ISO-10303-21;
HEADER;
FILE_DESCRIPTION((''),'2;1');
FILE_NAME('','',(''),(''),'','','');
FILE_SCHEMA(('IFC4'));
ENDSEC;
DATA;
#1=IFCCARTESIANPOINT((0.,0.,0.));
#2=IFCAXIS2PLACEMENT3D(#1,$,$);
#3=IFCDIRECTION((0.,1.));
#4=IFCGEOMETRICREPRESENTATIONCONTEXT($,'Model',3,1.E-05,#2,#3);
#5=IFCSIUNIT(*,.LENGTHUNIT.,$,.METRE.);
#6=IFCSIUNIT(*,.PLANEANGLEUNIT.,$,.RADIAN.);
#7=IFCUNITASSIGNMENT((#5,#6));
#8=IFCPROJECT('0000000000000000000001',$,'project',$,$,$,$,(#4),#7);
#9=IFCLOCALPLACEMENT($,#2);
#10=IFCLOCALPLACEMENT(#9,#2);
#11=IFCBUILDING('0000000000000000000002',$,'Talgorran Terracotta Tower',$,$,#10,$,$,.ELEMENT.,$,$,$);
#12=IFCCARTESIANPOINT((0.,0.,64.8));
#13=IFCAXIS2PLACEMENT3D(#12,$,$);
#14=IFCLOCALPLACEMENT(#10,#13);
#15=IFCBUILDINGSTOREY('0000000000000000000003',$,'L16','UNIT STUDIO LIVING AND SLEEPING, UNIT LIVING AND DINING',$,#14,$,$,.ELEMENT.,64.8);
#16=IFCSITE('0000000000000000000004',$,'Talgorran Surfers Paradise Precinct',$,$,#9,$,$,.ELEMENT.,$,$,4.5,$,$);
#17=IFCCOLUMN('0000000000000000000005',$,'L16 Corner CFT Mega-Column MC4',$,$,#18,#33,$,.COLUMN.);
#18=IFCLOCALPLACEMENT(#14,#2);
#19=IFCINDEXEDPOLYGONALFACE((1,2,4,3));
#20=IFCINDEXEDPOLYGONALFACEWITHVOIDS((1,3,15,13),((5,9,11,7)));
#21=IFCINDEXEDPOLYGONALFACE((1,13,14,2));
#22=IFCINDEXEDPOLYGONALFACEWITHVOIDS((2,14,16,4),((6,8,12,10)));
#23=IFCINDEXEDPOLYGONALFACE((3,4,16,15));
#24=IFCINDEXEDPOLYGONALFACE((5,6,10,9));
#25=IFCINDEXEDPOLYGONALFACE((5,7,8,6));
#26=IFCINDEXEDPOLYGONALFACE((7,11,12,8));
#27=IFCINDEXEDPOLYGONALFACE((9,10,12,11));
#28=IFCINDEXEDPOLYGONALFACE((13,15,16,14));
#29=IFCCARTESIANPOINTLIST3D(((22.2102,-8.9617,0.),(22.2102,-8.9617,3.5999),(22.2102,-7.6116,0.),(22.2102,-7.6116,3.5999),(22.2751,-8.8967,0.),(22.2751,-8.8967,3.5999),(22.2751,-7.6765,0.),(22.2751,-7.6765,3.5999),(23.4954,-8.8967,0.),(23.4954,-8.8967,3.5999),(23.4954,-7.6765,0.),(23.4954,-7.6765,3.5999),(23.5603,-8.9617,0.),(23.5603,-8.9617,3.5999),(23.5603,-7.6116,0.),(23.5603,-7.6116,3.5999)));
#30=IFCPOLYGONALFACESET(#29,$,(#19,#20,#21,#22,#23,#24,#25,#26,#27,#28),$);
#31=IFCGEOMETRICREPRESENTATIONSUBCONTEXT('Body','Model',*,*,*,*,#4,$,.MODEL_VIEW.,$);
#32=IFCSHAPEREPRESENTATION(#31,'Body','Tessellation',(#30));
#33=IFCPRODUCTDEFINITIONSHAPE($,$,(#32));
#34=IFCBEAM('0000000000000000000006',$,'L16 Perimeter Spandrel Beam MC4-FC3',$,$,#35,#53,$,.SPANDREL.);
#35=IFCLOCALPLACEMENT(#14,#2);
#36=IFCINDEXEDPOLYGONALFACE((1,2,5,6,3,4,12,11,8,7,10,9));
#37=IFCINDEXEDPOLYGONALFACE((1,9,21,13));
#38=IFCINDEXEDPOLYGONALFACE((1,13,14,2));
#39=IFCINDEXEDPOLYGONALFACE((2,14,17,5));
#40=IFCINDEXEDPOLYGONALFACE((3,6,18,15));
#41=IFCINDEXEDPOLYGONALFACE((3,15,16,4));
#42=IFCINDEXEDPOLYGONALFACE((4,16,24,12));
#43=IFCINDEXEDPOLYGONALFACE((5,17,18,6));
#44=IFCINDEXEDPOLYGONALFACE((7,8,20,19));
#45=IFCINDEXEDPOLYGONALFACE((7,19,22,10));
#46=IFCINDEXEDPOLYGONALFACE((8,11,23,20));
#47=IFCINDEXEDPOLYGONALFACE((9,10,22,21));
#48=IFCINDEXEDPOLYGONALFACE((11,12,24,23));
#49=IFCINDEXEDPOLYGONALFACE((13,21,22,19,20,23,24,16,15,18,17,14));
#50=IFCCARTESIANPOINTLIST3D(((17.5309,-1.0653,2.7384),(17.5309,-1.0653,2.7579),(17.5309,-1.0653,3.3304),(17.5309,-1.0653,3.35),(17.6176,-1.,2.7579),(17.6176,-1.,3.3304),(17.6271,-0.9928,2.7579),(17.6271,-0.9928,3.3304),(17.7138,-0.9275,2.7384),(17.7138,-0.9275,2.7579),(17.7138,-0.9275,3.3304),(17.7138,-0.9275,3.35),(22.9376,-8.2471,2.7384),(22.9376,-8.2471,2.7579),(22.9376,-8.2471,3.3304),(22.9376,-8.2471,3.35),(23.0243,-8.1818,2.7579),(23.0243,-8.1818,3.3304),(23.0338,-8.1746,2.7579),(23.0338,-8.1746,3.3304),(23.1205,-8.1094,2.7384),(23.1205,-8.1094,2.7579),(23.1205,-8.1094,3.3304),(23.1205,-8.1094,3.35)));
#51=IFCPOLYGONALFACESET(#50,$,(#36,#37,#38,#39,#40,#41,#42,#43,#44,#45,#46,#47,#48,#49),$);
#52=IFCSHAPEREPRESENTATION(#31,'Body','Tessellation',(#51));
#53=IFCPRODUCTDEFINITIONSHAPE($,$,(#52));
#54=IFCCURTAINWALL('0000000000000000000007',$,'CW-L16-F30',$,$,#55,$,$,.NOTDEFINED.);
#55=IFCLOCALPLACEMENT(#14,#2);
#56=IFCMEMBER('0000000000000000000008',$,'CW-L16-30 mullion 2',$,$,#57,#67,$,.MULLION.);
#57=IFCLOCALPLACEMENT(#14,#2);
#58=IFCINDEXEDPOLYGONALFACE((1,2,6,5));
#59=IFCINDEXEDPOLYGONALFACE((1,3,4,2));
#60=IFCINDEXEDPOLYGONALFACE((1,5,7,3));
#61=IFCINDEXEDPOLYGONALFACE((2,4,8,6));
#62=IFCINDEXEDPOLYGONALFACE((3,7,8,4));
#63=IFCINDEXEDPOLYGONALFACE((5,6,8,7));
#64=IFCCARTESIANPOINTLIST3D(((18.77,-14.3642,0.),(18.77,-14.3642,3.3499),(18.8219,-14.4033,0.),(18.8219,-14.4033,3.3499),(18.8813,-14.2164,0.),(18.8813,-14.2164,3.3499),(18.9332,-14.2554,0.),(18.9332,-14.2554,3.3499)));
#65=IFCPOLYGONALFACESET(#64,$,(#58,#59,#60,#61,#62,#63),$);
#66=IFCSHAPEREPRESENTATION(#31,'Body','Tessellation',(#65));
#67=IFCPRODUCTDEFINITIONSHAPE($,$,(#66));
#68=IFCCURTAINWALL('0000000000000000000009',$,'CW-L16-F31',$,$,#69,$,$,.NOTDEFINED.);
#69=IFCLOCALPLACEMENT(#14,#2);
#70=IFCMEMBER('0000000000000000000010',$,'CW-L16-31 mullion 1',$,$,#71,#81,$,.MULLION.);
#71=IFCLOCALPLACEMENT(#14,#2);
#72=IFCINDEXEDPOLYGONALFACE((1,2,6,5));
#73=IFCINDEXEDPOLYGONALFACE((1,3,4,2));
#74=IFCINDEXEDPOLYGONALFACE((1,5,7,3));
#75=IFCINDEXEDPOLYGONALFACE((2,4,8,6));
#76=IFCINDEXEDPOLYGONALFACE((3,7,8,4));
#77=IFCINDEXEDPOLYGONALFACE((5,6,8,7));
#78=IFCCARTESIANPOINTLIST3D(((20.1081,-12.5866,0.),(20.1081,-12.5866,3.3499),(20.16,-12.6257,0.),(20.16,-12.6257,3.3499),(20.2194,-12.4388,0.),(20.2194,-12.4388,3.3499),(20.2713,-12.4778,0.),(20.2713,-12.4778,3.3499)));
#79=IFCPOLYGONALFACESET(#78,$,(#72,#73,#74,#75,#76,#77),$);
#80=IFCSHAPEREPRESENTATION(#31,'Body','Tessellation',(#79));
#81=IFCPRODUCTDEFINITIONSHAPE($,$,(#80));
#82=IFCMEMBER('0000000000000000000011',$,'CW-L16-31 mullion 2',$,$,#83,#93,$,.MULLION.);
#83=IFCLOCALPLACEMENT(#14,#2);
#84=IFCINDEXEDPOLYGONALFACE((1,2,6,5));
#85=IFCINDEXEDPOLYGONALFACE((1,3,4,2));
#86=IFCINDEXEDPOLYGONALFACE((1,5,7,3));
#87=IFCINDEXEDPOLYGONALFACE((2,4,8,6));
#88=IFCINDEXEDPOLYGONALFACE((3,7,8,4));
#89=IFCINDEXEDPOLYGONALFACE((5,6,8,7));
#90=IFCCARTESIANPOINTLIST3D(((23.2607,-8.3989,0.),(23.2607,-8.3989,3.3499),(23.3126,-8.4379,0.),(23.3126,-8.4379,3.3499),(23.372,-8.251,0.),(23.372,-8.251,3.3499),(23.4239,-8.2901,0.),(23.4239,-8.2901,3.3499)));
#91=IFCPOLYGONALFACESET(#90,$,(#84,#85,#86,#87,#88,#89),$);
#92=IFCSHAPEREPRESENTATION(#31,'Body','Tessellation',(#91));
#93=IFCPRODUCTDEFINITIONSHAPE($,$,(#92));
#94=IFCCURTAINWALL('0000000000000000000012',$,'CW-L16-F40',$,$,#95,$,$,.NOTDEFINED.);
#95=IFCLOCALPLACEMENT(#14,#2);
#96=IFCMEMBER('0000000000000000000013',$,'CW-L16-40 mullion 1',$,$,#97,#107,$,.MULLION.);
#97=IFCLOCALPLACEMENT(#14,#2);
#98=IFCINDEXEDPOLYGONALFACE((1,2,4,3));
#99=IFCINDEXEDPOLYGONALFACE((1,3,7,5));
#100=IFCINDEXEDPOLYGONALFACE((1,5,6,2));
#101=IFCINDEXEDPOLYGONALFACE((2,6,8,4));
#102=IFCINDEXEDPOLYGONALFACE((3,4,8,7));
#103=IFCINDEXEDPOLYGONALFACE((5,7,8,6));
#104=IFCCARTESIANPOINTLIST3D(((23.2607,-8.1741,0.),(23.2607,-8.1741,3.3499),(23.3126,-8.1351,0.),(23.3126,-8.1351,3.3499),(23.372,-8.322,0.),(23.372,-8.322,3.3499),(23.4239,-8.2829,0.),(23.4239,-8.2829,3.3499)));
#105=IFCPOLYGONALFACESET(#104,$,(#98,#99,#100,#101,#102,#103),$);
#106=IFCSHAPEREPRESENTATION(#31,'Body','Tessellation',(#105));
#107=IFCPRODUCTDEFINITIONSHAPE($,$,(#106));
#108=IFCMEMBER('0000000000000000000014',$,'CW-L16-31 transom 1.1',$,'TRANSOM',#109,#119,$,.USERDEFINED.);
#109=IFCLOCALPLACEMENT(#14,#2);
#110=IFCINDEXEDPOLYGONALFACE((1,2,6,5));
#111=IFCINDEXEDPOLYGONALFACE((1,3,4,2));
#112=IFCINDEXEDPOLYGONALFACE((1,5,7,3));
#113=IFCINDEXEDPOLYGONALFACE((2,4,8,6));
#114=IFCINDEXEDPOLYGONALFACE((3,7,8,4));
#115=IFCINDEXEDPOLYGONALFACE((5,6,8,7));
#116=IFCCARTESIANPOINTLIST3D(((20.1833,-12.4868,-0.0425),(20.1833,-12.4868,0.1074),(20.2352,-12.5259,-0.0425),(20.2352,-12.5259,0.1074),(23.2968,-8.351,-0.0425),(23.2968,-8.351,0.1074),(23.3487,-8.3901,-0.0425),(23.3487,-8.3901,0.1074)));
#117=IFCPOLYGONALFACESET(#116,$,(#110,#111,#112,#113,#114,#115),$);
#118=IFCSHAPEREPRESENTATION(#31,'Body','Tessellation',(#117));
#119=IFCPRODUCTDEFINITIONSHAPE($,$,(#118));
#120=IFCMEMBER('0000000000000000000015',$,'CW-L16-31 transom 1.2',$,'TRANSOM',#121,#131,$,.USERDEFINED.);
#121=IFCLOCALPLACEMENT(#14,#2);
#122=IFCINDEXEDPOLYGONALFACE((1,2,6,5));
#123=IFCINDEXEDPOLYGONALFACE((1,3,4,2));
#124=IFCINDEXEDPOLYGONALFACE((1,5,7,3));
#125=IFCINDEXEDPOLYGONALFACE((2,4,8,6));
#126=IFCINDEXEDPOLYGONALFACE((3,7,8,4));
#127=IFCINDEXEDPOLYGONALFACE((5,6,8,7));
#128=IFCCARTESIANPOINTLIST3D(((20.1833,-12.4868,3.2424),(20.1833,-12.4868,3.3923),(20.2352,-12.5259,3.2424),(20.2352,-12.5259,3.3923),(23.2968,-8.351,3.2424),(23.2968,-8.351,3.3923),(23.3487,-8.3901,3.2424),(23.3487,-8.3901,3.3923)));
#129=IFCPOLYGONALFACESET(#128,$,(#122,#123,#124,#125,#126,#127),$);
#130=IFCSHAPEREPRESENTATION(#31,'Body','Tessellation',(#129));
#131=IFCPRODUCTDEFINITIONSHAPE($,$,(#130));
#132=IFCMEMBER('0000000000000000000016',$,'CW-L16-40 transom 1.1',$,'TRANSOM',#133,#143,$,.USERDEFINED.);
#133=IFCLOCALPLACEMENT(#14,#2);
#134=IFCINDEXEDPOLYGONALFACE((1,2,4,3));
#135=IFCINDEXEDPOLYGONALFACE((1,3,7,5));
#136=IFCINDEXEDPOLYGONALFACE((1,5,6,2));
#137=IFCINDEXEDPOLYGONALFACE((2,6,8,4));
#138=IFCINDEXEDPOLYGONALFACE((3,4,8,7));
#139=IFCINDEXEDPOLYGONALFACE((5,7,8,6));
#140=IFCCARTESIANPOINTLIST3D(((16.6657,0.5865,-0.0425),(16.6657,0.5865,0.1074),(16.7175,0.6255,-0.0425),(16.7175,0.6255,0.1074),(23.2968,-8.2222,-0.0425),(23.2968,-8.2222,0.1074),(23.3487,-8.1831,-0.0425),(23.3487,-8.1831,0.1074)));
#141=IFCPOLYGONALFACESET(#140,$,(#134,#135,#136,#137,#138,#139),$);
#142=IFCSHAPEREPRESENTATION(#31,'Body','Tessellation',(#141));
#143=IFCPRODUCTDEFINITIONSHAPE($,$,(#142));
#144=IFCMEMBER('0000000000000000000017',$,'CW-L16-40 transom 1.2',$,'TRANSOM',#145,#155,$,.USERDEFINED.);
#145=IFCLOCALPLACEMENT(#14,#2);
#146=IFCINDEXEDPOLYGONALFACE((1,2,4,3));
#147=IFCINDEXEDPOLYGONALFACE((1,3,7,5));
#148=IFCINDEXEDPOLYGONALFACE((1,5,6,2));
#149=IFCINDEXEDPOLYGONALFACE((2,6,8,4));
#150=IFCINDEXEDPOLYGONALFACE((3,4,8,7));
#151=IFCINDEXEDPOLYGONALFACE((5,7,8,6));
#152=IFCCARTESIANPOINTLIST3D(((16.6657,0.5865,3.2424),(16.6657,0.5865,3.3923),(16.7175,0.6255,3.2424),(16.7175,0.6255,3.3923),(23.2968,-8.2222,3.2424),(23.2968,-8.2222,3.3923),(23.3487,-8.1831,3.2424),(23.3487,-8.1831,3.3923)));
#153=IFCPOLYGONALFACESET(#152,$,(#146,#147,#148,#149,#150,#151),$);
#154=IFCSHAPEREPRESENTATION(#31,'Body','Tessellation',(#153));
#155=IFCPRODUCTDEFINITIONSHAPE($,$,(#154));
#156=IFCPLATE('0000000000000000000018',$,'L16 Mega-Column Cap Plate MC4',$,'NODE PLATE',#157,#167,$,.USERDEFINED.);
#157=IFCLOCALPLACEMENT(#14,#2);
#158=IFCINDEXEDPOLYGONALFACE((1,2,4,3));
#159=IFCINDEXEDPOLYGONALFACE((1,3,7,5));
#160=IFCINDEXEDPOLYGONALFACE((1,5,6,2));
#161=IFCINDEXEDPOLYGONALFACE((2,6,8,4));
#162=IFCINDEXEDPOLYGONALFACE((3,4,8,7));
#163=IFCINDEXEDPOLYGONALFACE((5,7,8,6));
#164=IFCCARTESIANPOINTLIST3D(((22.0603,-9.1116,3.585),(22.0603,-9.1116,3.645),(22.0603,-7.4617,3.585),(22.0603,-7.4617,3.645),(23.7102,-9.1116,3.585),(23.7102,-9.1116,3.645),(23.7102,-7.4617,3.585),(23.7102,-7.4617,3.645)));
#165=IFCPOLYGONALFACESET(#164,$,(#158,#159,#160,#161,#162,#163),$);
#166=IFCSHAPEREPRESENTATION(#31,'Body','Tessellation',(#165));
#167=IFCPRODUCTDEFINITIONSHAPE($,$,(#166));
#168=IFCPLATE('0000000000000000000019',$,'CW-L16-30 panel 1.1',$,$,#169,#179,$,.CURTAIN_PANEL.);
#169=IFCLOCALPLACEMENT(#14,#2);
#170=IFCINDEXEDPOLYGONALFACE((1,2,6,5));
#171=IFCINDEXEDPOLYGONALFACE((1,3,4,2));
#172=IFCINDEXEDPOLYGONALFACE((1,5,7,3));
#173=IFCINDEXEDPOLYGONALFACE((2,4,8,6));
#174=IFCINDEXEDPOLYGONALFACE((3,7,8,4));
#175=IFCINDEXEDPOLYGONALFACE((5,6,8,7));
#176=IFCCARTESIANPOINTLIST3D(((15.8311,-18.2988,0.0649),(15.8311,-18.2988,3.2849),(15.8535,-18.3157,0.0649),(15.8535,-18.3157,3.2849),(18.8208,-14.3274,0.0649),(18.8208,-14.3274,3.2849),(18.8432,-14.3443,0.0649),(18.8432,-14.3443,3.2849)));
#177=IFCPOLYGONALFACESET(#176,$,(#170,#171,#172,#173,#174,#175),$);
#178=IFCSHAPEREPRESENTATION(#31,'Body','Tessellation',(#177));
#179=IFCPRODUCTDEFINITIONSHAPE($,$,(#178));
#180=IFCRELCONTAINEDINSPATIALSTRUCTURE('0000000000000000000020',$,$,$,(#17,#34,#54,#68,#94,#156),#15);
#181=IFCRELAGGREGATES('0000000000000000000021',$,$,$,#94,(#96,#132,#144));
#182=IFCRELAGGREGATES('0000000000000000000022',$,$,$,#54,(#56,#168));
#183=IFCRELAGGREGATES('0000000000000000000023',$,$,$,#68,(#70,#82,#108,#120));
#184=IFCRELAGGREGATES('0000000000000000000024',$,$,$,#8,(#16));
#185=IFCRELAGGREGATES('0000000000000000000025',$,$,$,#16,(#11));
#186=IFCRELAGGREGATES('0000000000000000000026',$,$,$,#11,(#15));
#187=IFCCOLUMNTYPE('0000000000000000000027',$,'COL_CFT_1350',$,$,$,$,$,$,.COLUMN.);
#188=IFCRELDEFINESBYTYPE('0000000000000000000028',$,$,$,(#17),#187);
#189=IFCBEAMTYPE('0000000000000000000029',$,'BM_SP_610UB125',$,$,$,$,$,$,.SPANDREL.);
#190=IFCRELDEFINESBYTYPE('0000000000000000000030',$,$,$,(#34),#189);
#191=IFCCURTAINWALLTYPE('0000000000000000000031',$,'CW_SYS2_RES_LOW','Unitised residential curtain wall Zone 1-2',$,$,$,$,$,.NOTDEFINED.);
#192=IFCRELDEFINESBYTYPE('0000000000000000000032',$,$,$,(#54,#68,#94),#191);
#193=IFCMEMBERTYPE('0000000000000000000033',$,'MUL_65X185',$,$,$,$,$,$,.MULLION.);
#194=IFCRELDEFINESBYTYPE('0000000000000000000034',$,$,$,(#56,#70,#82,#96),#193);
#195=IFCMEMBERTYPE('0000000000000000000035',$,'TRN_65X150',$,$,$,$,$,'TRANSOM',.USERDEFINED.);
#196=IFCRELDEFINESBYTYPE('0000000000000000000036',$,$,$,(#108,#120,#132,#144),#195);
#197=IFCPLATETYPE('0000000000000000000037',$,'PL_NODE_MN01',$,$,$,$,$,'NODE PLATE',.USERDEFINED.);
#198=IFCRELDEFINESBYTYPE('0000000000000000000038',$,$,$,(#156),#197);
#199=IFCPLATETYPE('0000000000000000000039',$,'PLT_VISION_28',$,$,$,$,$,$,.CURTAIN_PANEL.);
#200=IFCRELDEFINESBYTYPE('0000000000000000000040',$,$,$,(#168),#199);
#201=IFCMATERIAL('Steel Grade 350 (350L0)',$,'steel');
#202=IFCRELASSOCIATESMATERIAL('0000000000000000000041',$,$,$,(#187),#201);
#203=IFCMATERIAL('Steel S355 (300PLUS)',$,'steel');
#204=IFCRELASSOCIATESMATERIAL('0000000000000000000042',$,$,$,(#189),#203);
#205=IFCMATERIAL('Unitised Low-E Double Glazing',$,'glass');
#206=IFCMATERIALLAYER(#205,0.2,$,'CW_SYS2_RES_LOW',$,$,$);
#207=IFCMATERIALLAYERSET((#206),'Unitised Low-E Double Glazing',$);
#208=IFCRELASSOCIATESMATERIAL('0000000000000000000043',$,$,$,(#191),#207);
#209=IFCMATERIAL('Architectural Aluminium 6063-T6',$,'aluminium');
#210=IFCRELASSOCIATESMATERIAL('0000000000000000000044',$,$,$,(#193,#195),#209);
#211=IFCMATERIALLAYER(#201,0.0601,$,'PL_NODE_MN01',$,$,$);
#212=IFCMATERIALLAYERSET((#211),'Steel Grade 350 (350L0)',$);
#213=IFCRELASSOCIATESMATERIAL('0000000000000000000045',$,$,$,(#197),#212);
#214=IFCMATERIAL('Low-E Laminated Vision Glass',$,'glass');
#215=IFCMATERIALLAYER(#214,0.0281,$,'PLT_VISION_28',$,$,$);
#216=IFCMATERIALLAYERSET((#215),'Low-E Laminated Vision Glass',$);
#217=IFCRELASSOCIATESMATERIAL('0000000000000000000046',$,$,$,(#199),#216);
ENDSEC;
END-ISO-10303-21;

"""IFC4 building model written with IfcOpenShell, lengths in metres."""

from ifc_helpers import new_model, si_unit, direction, frame, origin, origin_2d, place, context, subcontext, project, spatial, rectangle, hollow_rectangle, i_section, extrude, source, transform, mapped, material, layer, layer_set, material_profile, profile_set, type_object, element, aggregate, save


model = new_model("IFC4")

# Units and contexts
model_context = context("Model", 3, precision=1e-05, world=origin(), true_north=direction((0.0, 1.0)))
body_context = subcontext(model_context, "Body", "Model", "MODEL_VIEW")
ifc_project = project(units=[si_unit("LENGTHUNIT", "METRE"), si_unit("PLANEANGLEUNIT", "RADIAN")], contexts=[model_context])

# Site, building, storey
site_placement = place(None, origin())
site = spatial("IfcSite", under=ifc_project, at=site_placement, Name="Talgorran Surfers Paradise Precinct", CompositionType="ELEMENT", RefElevation=4.5)
building_placement = place(site_placement, origin())
building = spatial("IfcBuilding", under=site, at=building_placement, Name="Talgorran Terracotta Tower", CompositionType="ELEMENT")
storey_placement = place(building_placement, frame((0.0, 0.0, 64.8)))
storey = spatial("IfcBuildingStorey", under=building, at=storey_placement, Name="L16", Description="UNIT STUDIO LIVING AND SLEEPING, UNIT LIVING AND DINING", CompositionType="ELEMENT", Elevation=64.8)

# Column
ifc_material_1 = material(Name="Steel Grade 350 (350L0)", Category="steel")
ifc_material_profile_1 = material_profile(ifc_material_1, hollow_rectangle(XDim=1.3501, YDim=1.3501, WallThickness=0.0649, at=origin_2d()), Name="CFT1350X1350X65")
ifc_profile_set_1 = profile_set([ifc_material_profile_1], Name="Steel Grade 350 (350L0)")
column_type = type_object("IfcColumnType", Name="COL_CFT_1350", PredefinedType="COLUMN", material=ifc_profile_set_1)
column_placement = place(storey_placement, frame((22.8853, -8.2866, 0.0), z_axis=(0.0, 0.0, 1.0), x_axis=(1.0, 0.0, 0.0)))
element("IfcColumn", 1, at=column_placement, inside=storey, type_object=column_type, Name="L16 Corner CFT Mega-Column MC4", PredefinedType="COLUMN", context=body_context, shape_type="SweptSolid", body=[
    extrude(hollow_rectangle(XDim=1.3501, YDim=1.3501, WallThickness=0.0649, at=origin_2d()), origin(), (0.0, 0.0, 1.0), 3.5999),
])

# Beam
ifc_material_2 = material(Name="Steel S355 (300PLUS)", Category="steel")
ifc_material_profile_2 = material_profile(ifc_material_2, i_section(OverallWidth=0.229, OverallDepth=0.6116, WebThickness=0.012, FlangeThickness=0.0195, at=origin_2d()), Name="610UB125")
ifc_profile_set_2 = profile_set([ifc_material_profile_2], Name="Steel S355 (300PLUS)")
beam_type = type_object("IfcBeamType", Name="BM_SP_610UB125", PredefinedType="SPANDREL", material=ifc_profile_set_2)
beam_placement = place(storey_placement, frame((23.0291, -8.1782, 3.0442), z_axis=(-0.601446, 0.798913, 0.0), x_axis=(-0.798913, -0.601446, 0.0)))
element("IfcBeam", 2, at=beam_placement, inside=storey, type_object=beam_type, Name="L16 Perimeter Spandrel Beam MC4-FC3", PredefinedType="SPANDREL", context=body_context, shape_type="SweptSolid", body=[
    extrude(i_section(OverallWidth=0.229, OverallDepth=0.6116, WebThickness=0.012, FlangeThickness=0.0195, at=origin_2d()), origin(), (0.0, 0.0, 1.0), 8.9895),
])

# Curtain wall, member
ifc_material_3 = material(Name="Unitised Low-E Double Glazing", Category="glass")
ifc_layer_1 = layer(ifc_material_3, 0.2, Name="CW_SYS2_RES_LOW")
ifc_layer_set_1 = layer_set([ifc_layer_1], Name="Unitised Low-E Double Glazing")
curtain_wall_type = type_object("IfcCurtainWallType", Name="CW_SYS2_RES_LOW", Description="Unitised residential curtain wall Zone 1-2", PredefinedType="NOTDEFINED", material=ifc_layer_set_1)
curtain_wall_1_placement = place(storey_placement, origin())
curtain_wall_1 = element("IfcCurtainWall", 3, at=curtain_wall_1_placement, inside=storey, type_object=curtain_wall_type, Name="CW-L16-F30", PredefinedType="NOTDEFINED")
ifc_material_4 = material(Name="Architectural Aluminium 6063-T6", Category="aluminium")
ifc_material_profile_3 = material_profile(ifc_material_4, rectangle(XDim=0.0649, YDim=0.1851, at=origin_2d()), Name="CWM65X185")
ifc_profile_set_3 = profile_set([ifc_material_profile_3], Name="Architectural Aluminium 6063-T6")
member_type_1 = type_object("IfcMemberType", Name="MUL_65X185", PredefinedType="MULLION", material=ifc_profile_set_3)
member_1_placement = place(storey_placement, frame((18.8516, -14.3098, 0.0), z_axis=(0.0, 0.0, 1.0), x_axis=(-0.798917, 0.601442, 0.0)))
member_1 = element("IfcMember", 4, at=member_1_placement, type_object=member_type_1, Name="CW-L16-30 mullion 2", PredefinedType="MULLION", context=body_context, shape_type="SweptSolid", body=[
    extrude(rectangle(XDim=0.0649, YDim=0.1851, at=origin_2d()), origin(), (0.0, 0.0, 1.0), 3.3499),
])

# Curtain wall, members
curtain_wall_2_placement = place(storey_placement, origin())
curtain_wall_2 = element("IfcCurtainWall", 5, at=curtain_wall_2_placement, inside=storey, type_object=curtain_wall_type, Name="CW-L16-F31", PredefinedType="NOTDEFINED")
member_2_placement = place(storey_placement, frame((20.1897, -12.5322, 0.0), z_axis=(0.0, 0.0, 1.0), x_axis=(-0.798913, 0.601446, 0.0)))
member_2 = element("IfcMember", 6, at=member_2_placement, type_object=member_type_1, Name="CW-L16-31 mullion 1", PredefinedType="MULLION", context=body_context, shape_type="SweptSolid", body=[
    extrude(rectangle(XDim=0.0649, YDim=0.1851, at=origin_2d()), origin(), (0.0, 0.0, 1.0), 3.3499),
])
member_3_placement = place(storey_placement, frame((23.3423, -8.3445, 0.0), z_axis=(0.0, 0.0, 1.0), x_axis=(-0.798913, 0.601446, 0.0)))
member_3 = element("IfcMember", 7, at=member_3_placement, type_object=member_type_1, Name="CW-L16-31 mullion 2", PredefinedType="MULLION", context=body_context, shape_type="SweptSolid", body=[
    extrude(rectangle(XDim=0.0649, YDim=0.1851, at=origin_2d()), origin(), (0.0, 0.0, 1.0), 3.3499),
])

# Curtain wall, member
curtain_wall_3_placement = place(storey_placement, origin())
curtain_wall_3 = element("IfcCurtainWall", 8, at=curtain_wall_3_placement, inside=storey, type_object=curtain_wall_type, Name="CW-L16-F40", PredefinedType="NOTDEFINED")
member_4_placement = place(storey_placement, frame((23.3423, -8.2285, 0.0), z_axis=(0.0, 0.0, 1.0), x_axis=(-0.798919, -0.601439, 0.0)))
member_4 = element("IfcMember", 9, at=member_4_placement, type_object=member_type_1, Name="CW-L16-40 mullion 1", PredefinedType="MULLION", context=body_context, shape_type="SweptSolid", body=[
    extrude(rectangle(XDim=0.0649, YDim=0.1851, at=origin_2d()), origin(), (0.0, 0.0, 1.0), 3.3499),
])

# Members
ifc_material_profile_4 = material_profile(ifc_material_4, rectangle(XDim=0.0649, YDim=0.1499, at=origin_2d()), Name="CWT65X150")
ifc_profile_set_4 = profile_set([ifc_material_profile_4], Name="Architectural Aluminium 6063-T6")
member_type_2 = type_object("IfcMemberType", Name="TRN_65X150", ElementType="TRANSOM", PredefinedType="USERDEFINED", material=ifc_profile_set_4)
member_5_placement = place(storey_placement, frame((20.2092, -12.5063, 0.0325), z_axis=(0.601448, 0.798912, 0.0), x_axis=(-0.798912, 0.601448, 0.0)))
member_5 = element("IfcMember", 10, at=member_5_placement, type_object=member_type_2, Name="CW-L16-31 transom 1.1", ObjectType="TRANSOM", PredefinedType="USERDEFINED", context=body_context, shape_type="SweptSolid", body=[
    extrude(rectangle(XDim=0.0649, YDim=0.1499, at=origin_2d()), origin(), (0.0, 0.0, 1.0), 5.1768),
])
member_6_placement = place(storey_placement, frame((20.2092, -12.5063, 3.3174), z_axis=(0.601448, 0.798912, 0.0), x_axis=(-0.798912, 0.601448, 0.0)))
member_6 = element("IfcMember", 11, at=member_6_placement, type_object=member_type_2, Name="CW-L16-31 transom 1.2", ObjectType="TRANSOM", PredefinedType="USERDEFINED", context=body_context, shape_type="SweptSolid", body=[
    extrude(rectangle(XDim=0.0649, YDim=0.1499, at=origin_2d()), origin(), (0.0, 0.0, 1.0), 5.1768),
])
member_7_placement = place(storey_placement, frame((23.3228, -8.2026, 0.0325), z_axis=(-0.60143, 0.798925, 0.0), x_axis=(-0.798925, -0.60143, 0.0)))
member_7 = element("IfcMember", 12, at=member_7_placement, type_object=member_type_2, Name="CW-L16-40 transom 1.1", ObjectType="TRANSOM", PredefinedType="USERDEFINED", context=body_context, shape_type="SweptSolid", body=[
    extrude(rectangle(XDim=0.0649, YDim=0.1499, at=origin_2d()), origin(), (0.0, 0.0, 1.0), 11.0256),
])
member_8_placement = place(storey_placement, frame((23.3228, -8.2026, 3.3174), z_axis=(-0.60143, 0.798925, 0.0), x_axis=(-0.798925, -0.60143, 0.0)))
member_8 = element("IfcMember", 13, at=member_8_placement, type_object=member_type_2, Name="CW-L16-40 transom 1.2", ObjectType="TRANSOM", PredefinedType="USERDEFINED", context=body_context, shape_type="SweptSolid", body=[
    extrude(rectangle(XDim=0.0649, YDim=0.1499, at=origin_2d()), origin(), (0.0, 0.0, 1.0), 11.0256),
])
aggregate(curtain_wall_3, [member_4, member_7, member_8])

# Plates
ifc_layer_2 = layer(ifc_material_1, 0.0601, Name="PL_NODE_MN01")
ifc_layer_set_2 = layer_set([ifc_layer_2], Name="Steel Grade 350 (350L0)")
plate_type_1 = type_object("IfcPlateType", Name="PL_NODE_MN01", ElementType="NODE PLATE", PredefinedType="USERDEFINED", material=ifc_layer_set_2)
plate_1_placement = place(storey_placement, frame((22.8853, -8.2866, 3.585), z_axis=(0.0, 0.0, 1.0), x_axis=(1.0, 0.0, 0.0)))
element("IfcPlate", 14, at=plate_1_placement, inside=storey, type_object=plate_type_1, Name="L16 Mega-Column Cap Plate MC4", ObjectType="NODE PLATE", PredefinedType="USERDEFINED", context=body_context, shape_type="SweptSolid", body=[
    extrude(rectangle(XDim=1.6499, YDim=1.6499, at=origin_2d()), origin(), (0.0, 0.0, 1.0), 0.0601),
])
ifc_material_5 = material(Name="Low-E Laminated Vision Glass", Category="glass")
ifc_layer_3 = layer(ifc_material_5, 0.0281, Name="PLT_VISION_28")
ifc_layer_set_3 = layer_set([ifc_layer_3], Name="Low-E Laminated Vision Glass")
plate_type_2 = type_object("IfcPlateType", Name="PLT_VISION_28", PredefinedType="CURTAIN_PANEL", material=ifc_layer_set_3)
shared_shape_1 = source(origin(), body_context, "Body", "SweptSolid", [
    extrude(rectangle(XDim=4.9709, YDim=0.0281, at=origin_2d()), origin(), (0.0, 0.0, 1.0), 3.22),
])
plate_2_placement = place(storey_placement, frame((17.3372, -16.3215, 0.0649), z_axis=(0.0, 0.0, 1.0), x_axis=(0.601442, 0.798917, 0.0)))
plate_2 = element("IfcPlate", 15, at=plate_2_placement, type_object=plate_type_2, Name="CW-L16-30 panel 1.1", PredefinedType="CURTAIN_PANEL", context=body_context, shape_type="MappedRepresentation", body=[
    mapped(shared_shape_1, transform((0.0, 0.0, 0.0), scale=1.0)),
])
aggregate(curtain_wall_1, [member_1, plate_2])
aggregate(curtain_wall_2, [member_2, member_3, member_5, member_6])

save(model, "model.ifc")
